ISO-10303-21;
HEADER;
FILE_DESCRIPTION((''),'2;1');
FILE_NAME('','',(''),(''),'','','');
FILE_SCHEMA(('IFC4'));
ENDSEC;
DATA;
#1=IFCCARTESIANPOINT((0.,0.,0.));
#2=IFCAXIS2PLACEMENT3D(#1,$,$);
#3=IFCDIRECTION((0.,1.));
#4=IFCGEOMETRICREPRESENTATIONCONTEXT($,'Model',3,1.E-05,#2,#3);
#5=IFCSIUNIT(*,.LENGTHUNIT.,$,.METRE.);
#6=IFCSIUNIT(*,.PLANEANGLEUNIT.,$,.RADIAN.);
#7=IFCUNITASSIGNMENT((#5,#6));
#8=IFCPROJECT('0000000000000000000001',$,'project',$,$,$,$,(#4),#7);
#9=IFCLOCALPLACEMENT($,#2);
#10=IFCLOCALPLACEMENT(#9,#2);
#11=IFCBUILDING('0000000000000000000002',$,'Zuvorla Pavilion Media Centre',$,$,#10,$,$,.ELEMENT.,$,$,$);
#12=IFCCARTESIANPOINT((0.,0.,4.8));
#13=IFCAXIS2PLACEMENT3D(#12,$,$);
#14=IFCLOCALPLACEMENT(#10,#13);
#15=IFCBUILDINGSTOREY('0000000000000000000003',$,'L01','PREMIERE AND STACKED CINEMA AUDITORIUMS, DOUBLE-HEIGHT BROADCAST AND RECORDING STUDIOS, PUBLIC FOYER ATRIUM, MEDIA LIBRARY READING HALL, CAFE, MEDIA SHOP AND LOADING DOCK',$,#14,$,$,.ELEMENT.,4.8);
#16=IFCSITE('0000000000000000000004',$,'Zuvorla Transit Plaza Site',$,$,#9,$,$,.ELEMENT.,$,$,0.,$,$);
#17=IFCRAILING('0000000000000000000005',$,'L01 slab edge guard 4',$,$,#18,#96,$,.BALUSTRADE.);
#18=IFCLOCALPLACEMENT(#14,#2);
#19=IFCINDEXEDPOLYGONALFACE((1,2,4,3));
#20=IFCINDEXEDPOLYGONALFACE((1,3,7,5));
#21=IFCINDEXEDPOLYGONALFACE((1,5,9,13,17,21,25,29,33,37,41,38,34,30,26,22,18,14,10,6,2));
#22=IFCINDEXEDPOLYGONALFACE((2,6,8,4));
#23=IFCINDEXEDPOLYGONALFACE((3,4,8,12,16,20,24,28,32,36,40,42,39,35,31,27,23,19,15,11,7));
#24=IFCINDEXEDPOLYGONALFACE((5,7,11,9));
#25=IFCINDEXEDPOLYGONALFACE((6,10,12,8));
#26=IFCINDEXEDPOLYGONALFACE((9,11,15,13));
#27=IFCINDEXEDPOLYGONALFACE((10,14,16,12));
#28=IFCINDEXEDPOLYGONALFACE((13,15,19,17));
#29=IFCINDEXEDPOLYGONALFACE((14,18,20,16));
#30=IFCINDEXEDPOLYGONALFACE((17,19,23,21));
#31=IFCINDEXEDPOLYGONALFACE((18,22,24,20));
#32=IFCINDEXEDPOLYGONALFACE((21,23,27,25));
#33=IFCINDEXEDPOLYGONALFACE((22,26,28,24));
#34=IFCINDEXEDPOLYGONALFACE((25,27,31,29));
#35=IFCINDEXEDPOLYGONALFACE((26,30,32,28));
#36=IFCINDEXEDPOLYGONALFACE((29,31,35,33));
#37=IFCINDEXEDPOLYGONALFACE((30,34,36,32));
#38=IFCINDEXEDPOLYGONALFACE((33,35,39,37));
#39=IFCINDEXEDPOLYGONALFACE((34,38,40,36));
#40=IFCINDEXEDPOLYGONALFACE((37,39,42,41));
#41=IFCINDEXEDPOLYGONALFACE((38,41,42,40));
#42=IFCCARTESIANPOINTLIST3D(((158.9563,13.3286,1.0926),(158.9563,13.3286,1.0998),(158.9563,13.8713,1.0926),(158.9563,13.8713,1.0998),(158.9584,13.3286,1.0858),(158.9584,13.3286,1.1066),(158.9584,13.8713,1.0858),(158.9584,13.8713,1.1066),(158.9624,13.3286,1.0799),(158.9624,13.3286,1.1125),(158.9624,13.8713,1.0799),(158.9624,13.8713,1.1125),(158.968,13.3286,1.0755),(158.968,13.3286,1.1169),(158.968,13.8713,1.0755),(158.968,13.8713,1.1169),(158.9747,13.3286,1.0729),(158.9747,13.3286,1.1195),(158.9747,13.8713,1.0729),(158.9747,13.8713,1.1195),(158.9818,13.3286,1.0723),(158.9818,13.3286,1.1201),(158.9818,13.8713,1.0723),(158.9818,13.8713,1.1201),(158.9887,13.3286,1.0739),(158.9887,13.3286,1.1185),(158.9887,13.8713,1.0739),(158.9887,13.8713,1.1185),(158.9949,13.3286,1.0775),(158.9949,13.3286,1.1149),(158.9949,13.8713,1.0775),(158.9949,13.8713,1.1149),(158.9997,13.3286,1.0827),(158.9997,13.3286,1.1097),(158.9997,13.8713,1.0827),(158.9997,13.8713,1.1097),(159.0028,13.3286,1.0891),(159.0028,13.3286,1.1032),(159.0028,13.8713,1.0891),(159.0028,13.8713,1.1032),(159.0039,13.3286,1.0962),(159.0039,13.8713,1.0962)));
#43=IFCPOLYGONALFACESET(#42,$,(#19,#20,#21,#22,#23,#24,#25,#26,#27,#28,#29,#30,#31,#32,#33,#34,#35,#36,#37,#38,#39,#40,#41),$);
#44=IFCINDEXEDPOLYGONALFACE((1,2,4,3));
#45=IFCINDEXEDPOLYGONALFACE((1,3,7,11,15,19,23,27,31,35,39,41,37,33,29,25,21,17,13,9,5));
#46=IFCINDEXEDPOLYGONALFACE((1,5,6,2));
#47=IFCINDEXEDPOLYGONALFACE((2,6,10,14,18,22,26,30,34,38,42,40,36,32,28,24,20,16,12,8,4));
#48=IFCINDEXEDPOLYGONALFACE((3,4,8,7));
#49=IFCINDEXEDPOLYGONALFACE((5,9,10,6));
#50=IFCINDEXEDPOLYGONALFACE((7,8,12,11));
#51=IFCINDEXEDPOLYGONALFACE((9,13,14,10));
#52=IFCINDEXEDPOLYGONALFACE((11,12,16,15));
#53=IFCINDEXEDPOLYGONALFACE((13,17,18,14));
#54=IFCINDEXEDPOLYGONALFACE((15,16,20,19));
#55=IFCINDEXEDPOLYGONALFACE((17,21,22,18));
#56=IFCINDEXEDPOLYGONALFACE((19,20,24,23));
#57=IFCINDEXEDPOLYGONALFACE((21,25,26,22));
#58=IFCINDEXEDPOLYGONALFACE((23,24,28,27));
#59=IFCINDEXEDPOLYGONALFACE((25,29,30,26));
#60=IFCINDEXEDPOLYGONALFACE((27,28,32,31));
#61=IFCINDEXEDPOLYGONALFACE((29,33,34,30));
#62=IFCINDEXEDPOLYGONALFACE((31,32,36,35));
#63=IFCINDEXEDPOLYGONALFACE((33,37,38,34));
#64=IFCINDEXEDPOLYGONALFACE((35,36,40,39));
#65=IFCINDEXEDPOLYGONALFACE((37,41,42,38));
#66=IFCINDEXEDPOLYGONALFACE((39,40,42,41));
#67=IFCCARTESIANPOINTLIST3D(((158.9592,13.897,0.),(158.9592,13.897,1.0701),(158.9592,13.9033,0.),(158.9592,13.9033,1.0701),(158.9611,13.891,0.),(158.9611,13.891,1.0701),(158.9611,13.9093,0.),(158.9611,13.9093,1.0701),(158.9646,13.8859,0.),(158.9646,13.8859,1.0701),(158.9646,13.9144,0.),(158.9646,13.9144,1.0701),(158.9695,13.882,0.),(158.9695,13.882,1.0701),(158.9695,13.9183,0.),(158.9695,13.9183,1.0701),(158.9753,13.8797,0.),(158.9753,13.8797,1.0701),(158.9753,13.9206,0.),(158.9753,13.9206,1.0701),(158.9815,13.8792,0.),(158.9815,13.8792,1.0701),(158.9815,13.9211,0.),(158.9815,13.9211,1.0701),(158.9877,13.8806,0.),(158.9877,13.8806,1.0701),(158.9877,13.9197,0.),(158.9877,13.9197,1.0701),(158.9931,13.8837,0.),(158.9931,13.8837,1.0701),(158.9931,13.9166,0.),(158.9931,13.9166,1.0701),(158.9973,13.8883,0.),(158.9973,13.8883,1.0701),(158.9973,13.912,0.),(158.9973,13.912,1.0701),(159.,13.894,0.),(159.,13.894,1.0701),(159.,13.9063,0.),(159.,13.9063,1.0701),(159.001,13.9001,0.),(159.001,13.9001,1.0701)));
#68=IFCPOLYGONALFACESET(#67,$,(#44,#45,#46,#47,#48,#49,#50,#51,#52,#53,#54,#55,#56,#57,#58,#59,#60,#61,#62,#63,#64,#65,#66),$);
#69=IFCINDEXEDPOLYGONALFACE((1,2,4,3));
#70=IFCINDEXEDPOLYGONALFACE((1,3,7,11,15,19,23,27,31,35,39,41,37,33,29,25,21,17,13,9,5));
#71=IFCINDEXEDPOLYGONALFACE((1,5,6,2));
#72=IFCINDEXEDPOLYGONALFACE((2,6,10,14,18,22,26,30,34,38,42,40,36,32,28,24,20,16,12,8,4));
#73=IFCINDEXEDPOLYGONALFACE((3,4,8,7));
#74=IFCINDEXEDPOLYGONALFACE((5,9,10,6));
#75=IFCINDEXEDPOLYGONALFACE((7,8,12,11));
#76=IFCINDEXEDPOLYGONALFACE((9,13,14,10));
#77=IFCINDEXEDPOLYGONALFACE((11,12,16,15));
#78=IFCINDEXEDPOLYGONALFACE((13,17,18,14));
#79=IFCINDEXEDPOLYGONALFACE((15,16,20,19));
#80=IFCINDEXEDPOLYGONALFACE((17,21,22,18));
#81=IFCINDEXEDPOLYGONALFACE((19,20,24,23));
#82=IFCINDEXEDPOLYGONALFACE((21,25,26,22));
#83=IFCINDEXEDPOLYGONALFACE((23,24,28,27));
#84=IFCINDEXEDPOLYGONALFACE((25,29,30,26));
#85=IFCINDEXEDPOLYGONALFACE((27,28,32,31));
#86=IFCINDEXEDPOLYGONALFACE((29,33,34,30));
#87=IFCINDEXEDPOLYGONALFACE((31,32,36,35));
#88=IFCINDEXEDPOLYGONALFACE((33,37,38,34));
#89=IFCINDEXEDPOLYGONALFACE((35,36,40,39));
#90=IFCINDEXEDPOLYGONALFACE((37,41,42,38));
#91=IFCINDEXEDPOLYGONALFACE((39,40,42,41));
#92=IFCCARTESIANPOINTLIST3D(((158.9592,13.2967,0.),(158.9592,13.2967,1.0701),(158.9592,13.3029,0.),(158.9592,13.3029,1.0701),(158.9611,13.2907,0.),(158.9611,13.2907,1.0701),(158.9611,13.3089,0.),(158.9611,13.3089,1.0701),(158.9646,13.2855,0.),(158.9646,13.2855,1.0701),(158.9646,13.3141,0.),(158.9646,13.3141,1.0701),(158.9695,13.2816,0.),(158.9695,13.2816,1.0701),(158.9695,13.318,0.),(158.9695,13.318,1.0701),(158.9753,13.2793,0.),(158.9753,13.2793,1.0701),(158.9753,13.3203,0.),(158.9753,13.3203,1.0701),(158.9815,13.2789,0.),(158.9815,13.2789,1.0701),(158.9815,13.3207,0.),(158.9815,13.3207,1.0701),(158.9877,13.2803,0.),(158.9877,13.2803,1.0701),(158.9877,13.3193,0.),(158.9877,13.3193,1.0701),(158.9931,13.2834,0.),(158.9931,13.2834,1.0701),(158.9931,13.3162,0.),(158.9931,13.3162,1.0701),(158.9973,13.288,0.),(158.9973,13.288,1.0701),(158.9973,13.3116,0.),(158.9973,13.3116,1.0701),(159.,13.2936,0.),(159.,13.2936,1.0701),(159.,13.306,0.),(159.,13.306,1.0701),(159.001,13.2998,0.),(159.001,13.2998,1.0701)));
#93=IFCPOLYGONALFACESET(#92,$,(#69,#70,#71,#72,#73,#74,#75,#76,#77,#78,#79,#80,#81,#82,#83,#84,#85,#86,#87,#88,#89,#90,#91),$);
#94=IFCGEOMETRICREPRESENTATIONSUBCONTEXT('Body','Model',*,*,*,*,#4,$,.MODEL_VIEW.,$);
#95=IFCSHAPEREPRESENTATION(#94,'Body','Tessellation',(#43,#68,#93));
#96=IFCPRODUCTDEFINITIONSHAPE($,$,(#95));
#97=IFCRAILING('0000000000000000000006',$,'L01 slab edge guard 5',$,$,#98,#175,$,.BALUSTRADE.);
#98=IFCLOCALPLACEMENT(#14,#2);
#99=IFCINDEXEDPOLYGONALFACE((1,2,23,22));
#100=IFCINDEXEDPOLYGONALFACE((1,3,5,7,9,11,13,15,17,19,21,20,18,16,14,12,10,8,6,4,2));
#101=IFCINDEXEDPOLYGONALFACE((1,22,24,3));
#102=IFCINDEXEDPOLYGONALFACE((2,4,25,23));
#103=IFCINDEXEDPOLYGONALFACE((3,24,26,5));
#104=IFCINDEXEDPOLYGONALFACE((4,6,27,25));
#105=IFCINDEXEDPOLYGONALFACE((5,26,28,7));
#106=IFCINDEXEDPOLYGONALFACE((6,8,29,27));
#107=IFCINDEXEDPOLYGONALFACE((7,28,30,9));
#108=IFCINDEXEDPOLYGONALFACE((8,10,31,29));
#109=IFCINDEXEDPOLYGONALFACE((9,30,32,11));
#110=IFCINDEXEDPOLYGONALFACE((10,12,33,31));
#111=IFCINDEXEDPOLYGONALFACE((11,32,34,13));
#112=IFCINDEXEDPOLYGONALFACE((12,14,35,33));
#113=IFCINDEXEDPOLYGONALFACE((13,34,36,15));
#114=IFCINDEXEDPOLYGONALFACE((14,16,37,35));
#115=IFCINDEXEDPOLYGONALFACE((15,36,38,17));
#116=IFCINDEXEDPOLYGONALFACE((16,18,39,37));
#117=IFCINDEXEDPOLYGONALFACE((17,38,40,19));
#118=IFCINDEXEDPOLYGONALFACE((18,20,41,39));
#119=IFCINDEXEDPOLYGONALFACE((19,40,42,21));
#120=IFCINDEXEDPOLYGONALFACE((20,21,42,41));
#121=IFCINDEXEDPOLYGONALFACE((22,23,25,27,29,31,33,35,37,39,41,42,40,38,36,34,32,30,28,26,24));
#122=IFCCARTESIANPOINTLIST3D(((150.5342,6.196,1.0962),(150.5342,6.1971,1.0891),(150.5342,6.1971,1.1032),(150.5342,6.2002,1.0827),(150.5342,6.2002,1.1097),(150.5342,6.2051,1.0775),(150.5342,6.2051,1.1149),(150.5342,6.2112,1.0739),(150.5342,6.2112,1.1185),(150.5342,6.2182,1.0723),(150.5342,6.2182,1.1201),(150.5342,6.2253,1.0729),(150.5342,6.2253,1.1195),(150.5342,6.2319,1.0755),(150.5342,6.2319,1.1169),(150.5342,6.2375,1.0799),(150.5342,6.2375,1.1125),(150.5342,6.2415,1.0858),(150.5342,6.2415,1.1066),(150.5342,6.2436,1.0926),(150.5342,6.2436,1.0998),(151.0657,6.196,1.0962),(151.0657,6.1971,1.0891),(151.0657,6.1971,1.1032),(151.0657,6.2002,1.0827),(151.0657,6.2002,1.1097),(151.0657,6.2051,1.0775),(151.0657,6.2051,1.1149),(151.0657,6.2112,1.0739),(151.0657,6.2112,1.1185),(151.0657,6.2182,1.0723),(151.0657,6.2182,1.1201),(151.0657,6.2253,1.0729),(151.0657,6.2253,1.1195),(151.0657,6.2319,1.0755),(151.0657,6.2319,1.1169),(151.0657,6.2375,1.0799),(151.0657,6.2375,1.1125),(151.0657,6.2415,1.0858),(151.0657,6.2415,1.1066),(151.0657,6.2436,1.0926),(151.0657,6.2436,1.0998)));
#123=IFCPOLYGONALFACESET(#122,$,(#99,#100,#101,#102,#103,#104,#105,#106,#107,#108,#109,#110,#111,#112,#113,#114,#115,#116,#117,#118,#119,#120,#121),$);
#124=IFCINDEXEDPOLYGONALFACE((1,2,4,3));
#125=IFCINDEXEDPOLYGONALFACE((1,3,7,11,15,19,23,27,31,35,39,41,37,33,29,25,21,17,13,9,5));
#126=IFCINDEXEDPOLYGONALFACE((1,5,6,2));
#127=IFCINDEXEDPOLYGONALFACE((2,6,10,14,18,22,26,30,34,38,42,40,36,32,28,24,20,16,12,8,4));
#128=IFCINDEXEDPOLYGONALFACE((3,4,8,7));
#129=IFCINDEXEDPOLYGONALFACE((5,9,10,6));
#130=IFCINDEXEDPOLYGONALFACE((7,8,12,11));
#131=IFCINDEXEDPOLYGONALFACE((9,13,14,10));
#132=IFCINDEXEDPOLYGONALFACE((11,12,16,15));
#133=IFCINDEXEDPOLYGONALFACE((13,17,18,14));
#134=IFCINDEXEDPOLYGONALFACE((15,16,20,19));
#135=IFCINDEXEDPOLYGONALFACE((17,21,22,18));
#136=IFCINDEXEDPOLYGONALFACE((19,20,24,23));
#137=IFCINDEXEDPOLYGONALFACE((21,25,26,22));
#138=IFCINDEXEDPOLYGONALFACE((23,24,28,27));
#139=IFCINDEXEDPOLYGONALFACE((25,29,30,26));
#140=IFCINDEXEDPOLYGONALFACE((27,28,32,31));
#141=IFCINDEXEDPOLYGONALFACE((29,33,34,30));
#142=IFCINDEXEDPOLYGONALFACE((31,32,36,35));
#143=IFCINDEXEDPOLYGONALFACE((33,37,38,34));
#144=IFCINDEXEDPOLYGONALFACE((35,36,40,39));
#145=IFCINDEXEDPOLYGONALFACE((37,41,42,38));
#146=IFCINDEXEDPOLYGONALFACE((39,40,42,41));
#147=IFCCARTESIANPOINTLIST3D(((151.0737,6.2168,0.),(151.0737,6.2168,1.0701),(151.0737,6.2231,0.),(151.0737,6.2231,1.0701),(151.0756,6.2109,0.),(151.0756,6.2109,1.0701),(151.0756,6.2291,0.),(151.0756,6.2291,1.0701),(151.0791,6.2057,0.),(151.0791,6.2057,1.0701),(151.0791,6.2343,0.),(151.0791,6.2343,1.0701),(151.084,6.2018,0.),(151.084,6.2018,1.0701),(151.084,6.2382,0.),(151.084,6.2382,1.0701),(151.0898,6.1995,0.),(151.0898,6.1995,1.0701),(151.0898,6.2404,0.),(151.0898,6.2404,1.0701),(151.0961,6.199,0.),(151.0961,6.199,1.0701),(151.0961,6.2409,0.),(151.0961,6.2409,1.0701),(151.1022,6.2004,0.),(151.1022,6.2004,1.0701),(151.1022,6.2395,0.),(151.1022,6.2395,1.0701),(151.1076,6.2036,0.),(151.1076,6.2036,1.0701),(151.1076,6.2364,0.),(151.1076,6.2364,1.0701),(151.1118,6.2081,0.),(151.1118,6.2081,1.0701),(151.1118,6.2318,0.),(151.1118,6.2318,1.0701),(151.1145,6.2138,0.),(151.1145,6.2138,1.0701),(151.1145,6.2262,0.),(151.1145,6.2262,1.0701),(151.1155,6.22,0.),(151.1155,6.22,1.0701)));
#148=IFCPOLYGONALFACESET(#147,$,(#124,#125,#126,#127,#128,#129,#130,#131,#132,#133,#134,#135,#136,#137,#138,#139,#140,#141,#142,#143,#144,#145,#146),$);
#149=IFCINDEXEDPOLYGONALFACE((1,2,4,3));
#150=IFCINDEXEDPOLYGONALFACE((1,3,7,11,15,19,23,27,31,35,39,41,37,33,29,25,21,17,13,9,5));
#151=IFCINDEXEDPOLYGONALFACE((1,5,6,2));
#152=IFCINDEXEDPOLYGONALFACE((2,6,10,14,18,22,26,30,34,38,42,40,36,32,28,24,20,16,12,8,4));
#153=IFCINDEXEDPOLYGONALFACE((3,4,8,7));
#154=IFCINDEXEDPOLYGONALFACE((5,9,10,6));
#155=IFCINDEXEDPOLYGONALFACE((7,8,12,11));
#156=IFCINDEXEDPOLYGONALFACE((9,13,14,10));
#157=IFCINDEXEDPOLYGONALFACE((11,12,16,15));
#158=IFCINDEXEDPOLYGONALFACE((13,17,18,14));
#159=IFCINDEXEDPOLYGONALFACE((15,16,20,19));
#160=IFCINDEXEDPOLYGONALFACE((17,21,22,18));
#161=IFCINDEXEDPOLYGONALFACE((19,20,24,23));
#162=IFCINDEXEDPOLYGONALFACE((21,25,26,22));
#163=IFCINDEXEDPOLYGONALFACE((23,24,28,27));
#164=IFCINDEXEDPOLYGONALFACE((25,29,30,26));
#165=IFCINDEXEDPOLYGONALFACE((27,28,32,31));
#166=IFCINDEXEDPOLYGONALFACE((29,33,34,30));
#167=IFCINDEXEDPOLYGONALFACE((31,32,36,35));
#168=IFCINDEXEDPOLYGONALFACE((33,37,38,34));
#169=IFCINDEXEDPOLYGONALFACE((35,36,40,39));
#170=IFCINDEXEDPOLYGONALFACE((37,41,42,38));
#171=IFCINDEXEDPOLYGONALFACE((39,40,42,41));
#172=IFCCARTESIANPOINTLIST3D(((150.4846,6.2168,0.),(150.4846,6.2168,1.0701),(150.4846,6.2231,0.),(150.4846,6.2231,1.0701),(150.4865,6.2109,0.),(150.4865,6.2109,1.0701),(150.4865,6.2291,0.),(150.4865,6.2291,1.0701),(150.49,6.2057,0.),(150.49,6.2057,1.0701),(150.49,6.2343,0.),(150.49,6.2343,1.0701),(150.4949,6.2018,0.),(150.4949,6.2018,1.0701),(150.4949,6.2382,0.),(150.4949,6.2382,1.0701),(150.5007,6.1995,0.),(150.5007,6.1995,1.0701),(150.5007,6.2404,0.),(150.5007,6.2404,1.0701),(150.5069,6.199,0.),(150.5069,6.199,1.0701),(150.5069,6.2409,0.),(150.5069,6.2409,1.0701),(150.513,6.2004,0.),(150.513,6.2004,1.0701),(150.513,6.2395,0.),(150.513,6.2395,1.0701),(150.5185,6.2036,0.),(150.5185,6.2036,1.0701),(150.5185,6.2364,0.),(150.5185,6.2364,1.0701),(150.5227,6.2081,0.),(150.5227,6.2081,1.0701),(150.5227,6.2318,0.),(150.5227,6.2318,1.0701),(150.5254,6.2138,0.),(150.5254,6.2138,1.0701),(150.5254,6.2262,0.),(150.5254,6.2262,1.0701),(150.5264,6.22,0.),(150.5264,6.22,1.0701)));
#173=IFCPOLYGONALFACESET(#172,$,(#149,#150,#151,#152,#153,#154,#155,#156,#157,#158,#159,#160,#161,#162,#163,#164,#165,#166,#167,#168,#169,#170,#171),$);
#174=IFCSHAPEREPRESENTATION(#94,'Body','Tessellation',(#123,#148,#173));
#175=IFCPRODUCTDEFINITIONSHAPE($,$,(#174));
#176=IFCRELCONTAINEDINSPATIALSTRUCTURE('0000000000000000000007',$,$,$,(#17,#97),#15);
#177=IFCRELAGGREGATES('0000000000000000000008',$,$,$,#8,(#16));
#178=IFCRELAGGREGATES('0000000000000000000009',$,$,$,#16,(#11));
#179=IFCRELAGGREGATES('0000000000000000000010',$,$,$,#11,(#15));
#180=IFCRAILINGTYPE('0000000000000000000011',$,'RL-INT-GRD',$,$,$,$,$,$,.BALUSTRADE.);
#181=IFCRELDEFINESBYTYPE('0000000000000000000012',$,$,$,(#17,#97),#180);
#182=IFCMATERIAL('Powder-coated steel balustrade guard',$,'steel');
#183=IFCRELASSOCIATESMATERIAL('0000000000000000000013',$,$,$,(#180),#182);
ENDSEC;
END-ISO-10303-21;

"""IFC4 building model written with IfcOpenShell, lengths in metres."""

from ifc_helpers import new_model, si_unit, direction, frame, origin, origin_2d, place, context, subcontext, project, spatial, circle, extrude, material, type_object, element, save


model = new_model("IFC4")

# Units and contexts
model_context = context("Model", 3, precision=1e-05, world=origin(), true_north=direction((0.0, 1.0)))
body_context = subcontext(model_context, "Body", "Model", "MODEL_VIEW")
ifc_project = project(units=[si_unit("LENGTHUNIT", "METRE"), si_unit("PLANEANGLEUNIT", "RADIAN")], contexts=[model_context])

# Site, building, storey
site_placement = place(None, origin())
site = spatial("IfcSite", under=ifc_project, at=site_placement, Name="Zuvorla Transit Plaza Site", CompositionType="ELEMENT", RefElevation=0.0)
building_placement = place(site_placement, origin())
building = spatial("IfcBuilding", under=site, at=building_placement, Name="Zuvorla Pavilion Media Centre", CompositionType="ELEMENT")
storey_placement = place(building_placement, frame((0.0, 0.0, 4.8)))
storey = spatial("IfcBuildingStorey", under=building, at=storey_placement, Name="L01", Description="PREMIERE AND STACKED CINEMA AUDITORIUMS, DOUBLE-HEIGHT BROADCAST AND RECORDING STUDIOS, PUBLIC FOYER ATRIUM, MEDIA LIBRARY READING HALL, CAFE, MEDIA SHOP AND LOADING DOCK", CompositionType="ELEMENT", Elevation=4.8)

# Railings
ifc_material_1 = material(Name="Powder-coated steel balustrade guard", Category="steel")
railing_type = type_object("IfcRailingType", Name="RL-INT-GRD", PredefinedType="BALUSTRADE", material=ifc_material_1)
railing_1_placement = place(storey_placement, frame((158.98, 13.9001, 0.0)))
element("IfcRailing", 1, at=railing_1_placement, inside=storey, type_object=railing_type, Name="L01 slab edge guard 4", PredefinedType="BALUSTRADE", context=body_context, shape_type="SweptSolid", body=[
    extrude(circle(Radius=0.0239, at=origin_2d()), frame((0.0, -0.0288, 1.0962), z_axis=(0.0, -1.0, 0.0), x_axis=(1.0, 0.0, 0.0)), (0.0, 0.0, 1.0), 0.5427),
    extrude(circle(Radius=0.021, at=origin_2d()), origin(), (0.0, 0.0, 1.0), 1.0701),
    extrude(circle(Radius=0.021, at=origin_2d()), frame((0.0, -0.6003, 0.0)), (0.0, 0.0, 1.0), 1.0701),
])
railing_2_placement = place(storey_placement, frame((151.0945, 6.22, 0.0)))
element("IfcRailing", 2, at=railing_2_placement, inside=storey, type_object=railing_type, Name="L01 slab edge guard 5", PredefinedType="BALUSTRADE", context=body_context, shape_type="SweptSolid", body=[
    extrude(circle(Radius=0.0239, at=origin_2d()), frame((-0.0288, 0.0, 1.0962), z_axis=(-1.0, 0.0, 0.0), x_axis=(0.0, -1.0, 0.0)), (0.0, 0.0, 1.0), 0.5315),
    extrude(circle(Radius=0.021, at=origin_2d()), origin(), (0.0, 0.0, 1.0), 1.0701),
    extrude(circle(Radius=0.021, at=origin_2d()), frame((-0.5891, 0.0, 0.0)), (0.0, 0.0, 1.0), 1.0701),
])

save(model, "model.ifc")
